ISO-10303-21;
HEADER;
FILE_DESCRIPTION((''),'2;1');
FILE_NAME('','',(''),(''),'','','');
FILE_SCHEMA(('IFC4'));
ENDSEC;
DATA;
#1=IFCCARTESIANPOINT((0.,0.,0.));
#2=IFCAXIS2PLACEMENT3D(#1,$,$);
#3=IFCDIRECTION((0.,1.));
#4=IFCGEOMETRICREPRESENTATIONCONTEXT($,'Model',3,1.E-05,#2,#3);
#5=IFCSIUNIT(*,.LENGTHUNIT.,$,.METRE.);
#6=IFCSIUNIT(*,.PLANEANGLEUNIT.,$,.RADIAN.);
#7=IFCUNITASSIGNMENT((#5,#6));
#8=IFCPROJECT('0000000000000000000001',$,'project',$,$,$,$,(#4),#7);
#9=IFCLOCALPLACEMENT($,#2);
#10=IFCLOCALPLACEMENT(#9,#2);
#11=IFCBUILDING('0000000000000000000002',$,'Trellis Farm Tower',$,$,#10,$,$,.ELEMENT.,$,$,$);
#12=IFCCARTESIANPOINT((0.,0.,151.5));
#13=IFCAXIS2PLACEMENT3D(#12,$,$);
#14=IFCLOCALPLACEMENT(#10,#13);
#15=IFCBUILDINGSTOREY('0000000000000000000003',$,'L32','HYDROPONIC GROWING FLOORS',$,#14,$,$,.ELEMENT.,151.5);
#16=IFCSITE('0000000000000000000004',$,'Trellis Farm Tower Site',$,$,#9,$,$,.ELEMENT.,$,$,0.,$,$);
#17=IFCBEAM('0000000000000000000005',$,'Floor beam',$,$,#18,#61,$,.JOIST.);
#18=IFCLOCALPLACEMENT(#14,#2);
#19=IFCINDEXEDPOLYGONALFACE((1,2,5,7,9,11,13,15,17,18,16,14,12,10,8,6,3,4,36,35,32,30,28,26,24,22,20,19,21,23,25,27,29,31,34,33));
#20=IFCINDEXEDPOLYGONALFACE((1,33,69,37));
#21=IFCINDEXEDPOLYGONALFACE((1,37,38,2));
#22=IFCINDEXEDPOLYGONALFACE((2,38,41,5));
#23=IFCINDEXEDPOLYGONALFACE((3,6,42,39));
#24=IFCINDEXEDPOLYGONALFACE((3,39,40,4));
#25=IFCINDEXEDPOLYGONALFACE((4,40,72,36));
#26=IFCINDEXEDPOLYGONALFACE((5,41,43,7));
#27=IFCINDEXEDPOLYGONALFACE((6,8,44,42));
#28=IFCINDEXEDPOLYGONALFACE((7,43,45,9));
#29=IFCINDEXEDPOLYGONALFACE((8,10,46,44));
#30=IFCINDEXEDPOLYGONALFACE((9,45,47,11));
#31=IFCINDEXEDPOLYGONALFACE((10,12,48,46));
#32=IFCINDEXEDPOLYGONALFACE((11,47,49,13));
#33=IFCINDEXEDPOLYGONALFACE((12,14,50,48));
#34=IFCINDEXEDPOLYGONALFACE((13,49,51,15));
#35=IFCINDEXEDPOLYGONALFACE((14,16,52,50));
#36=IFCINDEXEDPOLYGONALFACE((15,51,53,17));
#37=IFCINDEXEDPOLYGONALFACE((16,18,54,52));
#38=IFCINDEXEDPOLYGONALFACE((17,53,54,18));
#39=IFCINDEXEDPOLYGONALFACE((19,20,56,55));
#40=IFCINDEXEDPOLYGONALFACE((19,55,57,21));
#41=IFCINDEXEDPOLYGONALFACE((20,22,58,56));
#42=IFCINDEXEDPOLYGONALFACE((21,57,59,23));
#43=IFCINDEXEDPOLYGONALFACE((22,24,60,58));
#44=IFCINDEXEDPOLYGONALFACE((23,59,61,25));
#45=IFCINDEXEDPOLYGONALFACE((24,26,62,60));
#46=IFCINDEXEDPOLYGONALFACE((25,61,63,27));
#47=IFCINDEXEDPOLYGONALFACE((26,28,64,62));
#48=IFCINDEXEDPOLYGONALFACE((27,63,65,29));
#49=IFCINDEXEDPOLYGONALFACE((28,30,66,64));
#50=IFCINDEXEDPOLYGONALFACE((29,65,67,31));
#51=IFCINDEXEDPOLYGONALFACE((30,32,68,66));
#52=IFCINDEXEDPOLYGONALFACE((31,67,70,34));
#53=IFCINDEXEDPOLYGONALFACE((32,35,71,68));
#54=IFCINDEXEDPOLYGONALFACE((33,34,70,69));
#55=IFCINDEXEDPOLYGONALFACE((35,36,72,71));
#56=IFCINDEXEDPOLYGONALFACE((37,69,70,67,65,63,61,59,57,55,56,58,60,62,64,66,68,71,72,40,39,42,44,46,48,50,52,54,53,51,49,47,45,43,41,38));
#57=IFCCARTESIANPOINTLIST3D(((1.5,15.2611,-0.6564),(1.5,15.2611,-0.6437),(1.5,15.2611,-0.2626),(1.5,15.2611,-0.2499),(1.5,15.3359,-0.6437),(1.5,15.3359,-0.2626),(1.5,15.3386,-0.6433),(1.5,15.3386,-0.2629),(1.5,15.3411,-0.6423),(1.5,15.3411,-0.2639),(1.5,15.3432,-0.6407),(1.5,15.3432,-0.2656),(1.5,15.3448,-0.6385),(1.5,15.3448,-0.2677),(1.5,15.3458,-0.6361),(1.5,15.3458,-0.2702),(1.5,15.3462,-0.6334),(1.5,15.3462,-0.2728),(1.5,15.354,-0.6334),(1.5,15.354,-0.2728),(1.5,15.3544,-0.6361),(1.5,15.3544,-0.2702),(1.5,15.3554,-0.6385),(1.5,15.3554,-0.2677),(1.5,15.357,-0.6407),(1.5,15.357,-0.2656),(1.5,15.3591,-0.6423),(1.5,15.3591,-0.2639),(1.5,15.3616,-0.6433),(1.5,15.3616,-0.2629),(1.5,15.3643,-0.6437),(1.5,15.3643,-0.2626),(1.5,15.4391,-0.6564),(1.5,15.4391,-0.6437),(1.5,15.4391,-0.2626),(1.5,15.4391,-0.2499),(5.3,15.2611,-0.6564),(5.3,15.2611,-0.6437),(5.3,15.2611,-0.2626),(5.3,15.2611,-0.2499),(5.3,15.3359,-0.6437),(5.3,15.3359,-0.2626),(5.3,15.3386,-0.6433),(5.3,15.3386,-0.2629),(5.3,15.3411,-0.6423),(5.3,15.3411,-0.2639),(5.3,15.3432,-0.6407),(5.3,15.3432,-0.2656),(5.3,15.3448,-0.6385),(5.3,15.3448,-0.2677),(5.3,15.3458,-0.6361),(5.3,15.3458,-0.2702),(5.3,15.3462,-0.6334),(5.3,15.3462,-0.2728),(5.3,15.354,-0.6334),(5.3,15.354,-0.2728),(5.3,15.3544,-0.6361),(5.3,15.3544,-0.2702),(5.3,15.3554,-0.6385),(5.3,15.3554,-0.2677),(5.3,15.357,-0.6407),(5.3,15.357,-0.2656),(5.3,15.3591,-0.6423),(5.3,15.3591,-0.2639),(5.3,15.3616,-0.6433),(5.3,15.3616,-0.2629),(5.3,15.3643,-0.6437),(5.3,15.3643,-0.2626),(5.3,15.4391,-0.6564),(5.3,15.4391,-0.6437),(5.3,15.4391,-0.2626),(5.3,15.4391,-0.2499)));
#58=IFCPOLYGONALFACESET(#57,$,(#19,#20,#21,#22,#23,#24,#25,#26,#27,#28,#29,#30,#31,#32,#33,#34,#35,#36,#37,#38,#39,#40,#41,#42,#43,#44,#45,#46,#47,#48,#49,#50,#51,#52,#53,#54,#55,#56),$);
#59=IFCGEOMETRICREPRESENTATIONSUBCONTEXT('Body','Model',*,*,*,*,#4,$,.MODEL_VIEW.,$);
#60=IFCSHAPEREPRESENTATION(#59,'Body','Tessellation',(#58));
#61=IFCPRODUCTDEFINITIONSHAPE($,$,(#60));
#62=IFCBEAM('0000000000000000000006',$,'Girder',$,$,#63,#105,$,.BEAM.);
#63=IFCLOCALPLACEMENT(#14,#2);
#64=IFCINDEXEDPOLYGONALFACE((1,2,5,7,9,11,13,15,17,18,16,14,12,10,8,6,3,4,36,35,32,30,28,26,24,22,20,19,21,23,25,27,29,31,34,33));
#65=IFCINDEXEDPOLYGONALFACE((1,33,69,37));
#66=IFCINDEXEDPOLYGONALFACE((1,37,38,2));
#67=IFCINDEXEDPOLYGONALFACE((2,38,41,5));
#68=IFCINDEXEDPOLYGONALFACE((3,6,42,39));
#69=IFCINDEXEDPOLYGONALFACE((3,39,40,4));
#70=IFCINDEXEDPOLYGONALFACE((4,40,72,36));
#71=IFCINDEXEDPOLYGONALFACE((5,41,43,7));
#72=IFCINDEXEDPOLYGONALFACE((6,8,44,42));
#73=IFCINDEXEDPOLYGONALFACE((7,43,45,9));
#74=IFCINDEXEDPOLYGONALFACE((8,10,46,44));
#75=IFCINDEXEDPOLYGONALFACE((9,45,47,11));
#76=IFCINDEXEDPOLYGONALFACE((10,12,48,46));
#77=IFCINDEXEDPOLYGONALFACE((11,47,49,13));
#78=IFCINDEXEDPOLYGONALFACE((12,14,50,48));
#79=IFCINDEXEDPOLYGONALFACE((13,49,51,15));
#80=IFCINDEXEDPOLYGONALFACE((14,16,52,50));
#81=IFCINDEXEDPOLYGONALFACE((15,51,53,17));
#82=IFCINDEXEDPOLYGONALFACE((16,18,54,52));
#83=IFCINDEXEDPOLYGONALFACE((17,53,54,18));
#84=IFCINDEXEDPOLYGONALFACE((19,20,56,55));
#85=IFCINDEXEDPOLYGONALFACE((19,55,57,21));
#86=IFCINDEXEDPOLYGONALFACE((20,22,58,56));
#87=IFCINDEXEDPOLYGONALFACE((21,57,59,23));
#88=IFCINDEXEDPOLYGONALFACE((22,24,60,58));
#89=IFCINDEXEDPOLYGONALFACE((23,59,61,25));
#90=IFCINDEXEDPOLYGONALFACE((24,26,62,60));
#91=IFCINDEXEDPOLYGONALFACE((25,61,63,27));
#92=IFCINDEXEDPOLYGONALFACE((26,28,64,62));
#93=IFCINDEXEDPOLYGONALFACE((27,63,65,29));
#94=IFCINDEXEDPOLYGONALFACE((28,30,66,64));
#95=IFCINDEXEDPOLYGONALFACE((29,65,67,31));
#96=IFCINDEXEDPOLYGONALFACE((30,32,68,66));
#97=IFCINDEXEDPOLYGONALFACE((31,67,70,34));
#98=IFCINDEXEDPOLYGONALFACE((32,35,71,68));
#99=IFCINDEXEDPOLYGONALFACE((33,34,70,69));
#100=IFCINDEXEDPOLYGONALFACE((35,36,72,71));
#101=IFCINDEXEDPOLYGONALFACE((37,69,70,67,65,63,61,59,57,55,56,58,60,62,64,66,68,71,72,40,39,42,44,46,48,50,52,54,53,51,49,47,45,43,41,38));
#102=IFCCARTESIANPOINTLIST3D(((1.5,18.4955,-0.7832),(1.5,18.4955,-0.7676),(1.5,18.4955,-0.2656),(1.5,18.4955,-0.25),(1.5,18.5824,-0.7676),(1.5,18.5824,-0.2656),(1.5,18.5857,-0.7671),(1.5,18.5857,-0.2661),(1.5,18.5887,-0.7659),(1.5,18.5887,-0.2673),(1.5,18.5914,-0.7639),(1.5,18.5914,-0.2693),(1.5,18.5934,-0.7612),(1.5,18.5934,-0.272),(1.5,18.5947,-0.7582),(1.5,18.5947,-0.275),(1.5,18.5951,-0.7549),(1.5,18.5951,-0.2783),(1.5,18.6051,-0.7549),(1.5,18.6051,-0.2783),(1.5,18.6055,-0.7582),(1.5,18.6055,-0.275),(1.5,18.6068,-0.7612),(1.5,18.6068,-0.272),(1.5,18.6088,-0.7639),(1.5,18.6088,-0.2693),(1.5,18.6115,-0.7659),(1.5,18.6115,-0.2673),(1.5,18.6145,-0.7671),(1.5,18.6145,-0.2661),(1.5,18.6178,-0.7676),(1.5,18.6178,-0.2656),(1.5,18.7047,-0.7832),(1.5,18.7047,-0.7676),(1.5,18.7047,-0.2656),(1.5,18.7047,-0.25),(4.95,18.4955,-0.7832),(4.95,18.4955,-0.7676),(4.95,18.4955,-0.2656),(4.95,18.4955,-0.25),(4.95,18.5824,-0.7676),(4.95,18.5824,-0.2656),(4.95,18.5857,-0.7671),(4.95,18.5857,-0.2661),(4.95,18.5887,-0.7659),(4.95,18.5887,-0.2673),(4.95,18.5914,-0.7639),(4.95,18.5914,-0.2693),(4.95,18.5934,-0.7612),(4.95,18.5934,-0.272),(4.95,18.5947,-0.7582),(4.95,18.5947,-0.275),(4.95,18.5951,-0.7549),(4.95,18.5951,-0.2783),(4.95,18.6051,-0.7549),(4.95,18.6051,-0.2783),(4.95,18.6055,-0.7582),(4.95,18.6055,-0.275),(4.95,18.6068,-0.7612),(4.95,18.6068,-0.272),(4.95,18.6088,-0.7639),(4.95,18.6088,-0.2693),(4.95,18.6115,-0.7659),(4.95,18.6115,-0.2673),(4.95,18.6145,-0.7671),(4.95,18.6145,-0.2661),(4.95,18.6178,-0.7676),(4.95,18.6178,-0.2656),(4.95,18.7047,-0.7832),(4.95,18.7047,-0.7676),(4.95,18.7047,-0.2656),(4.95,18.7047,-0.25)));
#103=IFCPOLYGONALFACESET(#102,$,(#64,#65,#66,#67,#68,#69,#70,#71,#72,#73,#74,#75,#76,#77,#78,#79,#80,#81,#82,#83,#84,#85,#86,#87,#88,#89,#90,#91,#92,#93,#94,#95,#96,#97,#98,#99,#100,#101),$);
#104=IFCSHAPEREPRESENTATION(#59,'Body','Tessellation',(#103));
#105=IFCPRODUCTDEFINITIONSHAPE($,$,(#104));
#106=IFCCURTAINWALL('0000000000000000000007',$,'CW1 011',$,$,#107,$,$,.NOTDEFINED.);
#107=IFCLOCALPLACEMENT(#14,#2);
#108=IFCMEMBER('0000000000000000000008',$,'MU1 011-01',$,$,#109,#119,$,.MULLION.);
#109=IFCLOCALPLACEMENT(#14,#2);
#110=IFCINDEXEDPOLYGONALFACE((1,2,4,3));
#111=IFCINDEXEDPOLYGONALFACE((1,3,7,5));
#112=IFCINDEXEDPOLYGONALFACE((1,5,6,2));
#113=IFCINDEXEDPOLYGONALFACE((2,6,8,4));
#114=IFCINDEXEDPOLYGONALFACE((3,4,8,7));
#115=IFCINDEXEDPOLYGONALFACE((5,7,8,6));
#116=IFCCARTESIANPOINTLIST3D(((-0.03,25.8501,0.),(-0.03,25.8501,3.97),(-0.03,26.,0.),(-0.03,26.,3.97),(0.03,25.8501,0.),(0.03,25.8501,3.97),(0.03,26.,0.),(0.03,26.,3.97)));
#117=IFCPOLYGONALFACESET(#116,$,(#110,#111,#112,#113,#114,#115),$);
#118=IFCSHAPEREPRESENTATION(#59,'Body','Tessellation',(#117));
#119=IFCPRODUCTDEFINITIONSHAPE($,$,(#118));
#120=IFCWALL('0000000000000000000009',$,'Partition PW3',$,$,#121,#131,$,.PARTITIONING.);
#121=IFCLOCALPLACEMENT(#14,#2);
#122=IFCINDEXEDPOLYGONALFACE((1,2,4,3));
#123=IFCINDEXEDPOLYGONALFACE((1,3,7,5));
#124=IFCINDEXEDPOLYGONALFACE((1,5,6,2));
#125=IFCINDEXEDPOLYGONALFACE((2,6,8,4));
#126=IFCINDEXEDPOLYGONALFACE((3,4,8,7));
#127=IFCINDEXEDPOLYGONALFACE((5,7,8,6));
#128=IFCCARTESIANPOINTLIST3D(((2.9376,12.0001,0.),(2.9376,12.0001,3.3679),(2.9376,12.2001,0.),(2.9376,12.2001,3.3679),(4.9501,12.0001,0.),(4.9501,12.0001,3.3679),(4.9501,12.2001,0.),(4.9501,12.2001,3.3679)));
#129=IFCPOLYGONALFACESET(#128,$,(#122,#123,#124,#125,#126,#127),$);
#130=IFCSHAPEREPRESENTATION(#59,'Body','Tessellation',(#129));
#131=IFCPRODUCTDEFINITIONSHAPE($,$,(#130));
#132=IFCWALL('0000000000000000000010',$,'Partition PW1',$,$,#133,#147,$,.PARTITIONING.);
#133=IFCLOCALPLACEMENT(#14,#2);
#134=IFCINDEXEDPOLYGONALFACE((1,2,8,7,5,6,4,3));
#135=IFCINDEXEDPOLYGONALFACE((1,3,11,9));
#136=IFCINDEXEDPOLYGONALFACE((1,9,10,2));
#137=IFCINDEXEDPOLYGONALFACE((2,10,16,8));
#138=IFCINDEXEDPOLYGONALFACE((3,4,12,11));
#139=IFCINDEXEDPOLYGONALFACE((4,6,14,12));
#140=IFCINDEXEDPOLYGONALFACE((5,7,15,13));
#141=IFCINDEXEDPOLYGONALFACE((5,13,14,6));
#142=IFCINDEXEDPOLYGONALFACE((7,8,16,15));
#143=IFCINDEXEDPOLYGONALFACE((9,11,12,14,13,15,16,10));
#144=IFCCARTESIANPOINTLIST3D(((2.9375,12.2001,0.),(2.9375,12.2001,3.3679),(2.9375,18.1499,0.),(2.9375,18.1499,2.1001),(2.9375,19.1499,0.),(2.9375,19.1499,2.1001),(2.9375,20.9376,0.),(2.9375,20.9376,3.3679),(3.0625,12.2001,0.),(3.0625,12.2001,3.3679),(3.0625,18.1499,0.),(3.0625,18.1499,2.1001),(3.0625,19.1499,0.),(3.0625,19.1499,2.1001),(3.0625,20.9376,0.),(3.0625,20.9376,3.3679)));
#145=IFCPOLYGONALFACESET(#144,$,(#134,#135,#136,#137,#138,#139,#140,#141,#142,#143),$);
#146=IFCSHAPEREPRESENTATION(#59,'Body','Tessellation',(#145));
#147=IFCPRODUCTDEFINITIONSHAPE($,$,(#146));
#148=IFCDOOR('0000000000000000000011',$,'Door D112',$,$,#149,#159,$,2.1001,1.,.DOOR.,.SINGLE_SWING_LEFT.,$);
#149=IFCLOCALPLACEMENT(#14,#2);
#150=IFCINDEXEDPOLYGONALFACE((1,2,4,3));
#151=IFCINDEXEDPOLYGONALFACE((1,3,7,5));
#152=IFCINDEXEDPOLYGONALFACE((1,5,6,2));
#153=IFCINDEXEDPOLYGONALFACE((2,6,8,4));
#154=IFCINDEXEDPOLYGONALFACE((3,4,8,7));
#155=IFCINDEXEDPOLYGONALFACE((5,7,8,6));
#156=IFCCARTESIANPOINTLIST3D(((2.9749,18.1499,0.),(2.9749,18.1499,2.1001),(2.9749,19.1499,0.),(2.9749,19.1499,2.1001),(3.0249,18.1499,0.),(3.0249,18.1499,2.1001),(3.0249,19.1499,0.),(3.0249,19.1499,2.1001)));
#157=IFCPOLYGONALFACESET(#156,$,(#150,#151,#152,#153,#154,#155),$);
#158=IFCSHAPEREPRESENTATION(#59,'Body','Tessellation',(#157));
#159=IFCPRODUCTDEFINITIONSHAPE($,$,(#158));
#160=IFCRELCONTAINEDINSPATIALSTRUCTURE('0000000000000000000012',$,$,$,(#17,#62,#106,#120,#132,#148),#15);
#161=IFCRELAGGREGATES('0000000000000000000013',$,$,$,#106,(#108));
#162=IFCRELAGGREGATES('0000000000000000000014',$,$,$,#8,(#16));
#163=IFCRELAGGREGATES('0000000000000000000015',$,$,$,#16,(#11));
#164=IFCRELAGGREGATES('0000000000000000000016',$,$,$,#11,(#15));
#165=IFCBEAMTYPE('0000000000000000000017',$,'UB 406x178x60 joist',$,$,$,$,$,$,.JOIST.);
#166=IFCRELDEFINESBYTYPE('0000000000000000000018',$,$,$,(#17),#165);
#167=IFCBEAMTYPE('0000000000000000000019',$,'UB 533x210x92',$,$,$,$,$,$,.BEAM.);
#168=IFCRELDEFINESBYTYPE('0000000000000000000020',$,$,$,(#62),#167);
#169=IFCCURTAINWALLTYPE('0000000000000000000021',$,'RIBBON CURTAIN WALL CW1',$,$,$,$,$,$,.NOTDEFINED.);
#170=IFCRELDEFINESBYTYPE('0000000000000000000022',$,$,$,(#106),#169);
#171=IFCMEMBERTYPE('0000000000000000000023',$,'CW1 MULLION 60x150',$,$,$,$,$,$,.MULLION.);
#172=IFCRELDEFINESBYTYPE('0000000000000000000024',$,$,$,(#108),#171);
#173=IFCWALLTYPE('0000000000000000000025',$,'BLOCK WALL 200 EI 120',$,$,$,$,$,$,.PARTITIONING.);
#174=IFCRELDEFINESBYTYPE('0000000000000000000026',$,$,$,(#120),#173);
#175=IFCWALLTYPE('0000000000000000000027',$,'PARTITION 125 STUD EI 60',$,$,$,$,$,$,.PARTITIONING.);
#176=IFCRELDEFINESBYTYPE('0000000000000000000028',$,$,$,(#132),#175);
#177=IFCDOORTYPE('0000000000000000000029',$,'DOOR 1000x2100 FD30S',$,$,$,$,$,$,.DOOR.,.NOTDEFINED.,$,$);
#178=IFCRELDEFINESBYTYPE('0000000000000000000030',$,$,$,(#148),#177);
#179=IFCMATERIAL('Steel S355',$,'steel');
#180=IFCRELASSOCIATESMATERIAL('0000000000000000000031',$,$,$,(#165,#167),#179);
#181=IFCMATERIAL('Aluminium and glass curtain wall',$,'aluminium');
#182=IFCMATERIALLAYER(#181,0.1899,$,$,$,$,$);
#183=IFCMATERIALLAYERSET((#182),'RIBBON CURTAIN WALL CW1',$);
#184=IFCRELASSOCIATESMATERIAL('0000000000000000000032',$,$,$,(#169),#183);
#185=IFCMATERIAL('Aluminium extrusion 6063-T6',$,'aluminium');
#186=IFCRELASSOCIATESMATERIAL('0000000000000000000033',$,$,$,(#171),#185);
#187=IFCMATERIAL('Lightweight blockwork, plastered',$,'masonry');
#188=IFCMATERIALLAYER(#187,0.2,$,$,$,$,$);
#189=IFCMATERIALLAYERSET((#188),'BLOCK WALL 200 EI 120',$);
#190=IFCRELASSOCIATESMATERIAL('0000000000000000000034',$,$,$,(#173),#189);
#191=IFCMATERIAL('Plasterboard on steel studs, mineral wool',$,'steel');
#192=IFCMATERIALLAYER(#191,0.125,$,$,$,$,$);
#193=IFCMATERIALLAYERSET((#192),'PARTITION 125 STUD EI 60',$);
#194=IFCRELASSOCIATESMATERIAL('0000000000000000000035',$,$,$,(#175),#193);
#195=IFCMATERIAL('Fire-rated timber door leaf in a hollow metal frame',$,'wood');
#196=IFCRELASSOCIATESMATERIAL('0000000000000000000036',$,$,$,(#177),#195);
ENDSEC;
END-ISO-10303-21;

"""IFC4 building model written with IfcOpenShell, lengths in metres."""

from ifc_helpers import new_model, si_unit, direction, frame, frame_2d, origin, origin_2d, place, context, subcontext, project, spatial, rectangle, i_section, extrude, source, transform, mapped, material, layer, layer_set, material_profile, profile_set, type_object, element, fill, aggregate, save


model = new_model("IFC4")

# Units and contexts
model_context = context("Model", 3, precision=1e-05, world=origin(), true_north=direction((0.0, 1.0)))
body_context = subcontext(model_context, "Body", "Model", "MODEL_VIEW")
ifc_project = project(units=[si_unit("LENGTHUNIT", "METRE"), si_unit("PLANEANGLEUNIT", "RADIAN")], contexts=[model_context])

# Site, building, storey
site_placement = place(None, origin())
site = spatial("IfcSite", under=ifc_project, at=site_placement, Name="Trellis Farm Tower Site", CompositionType="ELEMENT", RefElevation=0.0)
building_placement = place(site_placement, origin())
building = spatial("IfcBuilding", under=site, at=building_placement, Name="Trellis Farm Tower", CompositionType="ELEMENT")
storey_placement = place(building_placement, frame((0.0, 0.0, 151.5)))
storey = spatial("IfcBuildingStorey", under=building, at=storey_placement, Name="L32", Description="HYDROPONIC GROWING FLOORS", CompositionType="ELEMENT", Elevation=151.5)

# Beams
ifc_material_1 = material(Name="Steel S355", Category="steel")
ifc_material_profile_1 = material_profile(ifc_material_1, i_section(OverallWidth=0.178, OverallDepth=0.4065, WebThickness=0.0078, FlangeThickness=0.0127, FilletRadius=0.0103, at=origin_2d()), Name="UB 406x178x60")
ifc_profile_set_1 = profile_set([ifc_material_profile_1], Name="Steel S355")
beam_type_1 = type_object("IfcBeamType", Name="UB 406x178x60 joist", PredefinedType="JOIST", material=ifc_profile_set_1)
shared_shape_1 = source(origin(), body_context, "Body", "SweptSolid", [
    extrude(i_section(OverallWidth=0.178, OverallDepth=0.4065, WebThickness=0.0078, FlangeThickness=0.0127, FilletRadius=0.0103, at=origin_2d()), origin(), (0.0, 0.0, 1.0), 3.8),
])
beam_1_placement = place(storey_placement, frame((1.5, 15.3501, -0.4531), z_axis=(1.0, 0.0, 0.0), x_axis=(0.0, 1.0, 0.0)))
element("IfcBeam", 1, at=beam_1_placement, inside=storey, type_object=beam_type_1, Name="Floor beam", PredefinedType="JOIST", context=body_context, shape_type="MappedRepresentation", body=[
    mapped(shared_shape_1, transform((0.0, 0.0, 0.0))),
])
ifc_material_profile_2 = material_profile(ifc_material_1, i_section(OverallWidth=0.2092, OverallDepth=0.5332, WebThickness=0.01, FlangeThickness=0.0156, FilletRadius=0.0127, at=origin_2d()), Name="UB 533x210x92")
ifc_profile_set_2 = profile_set([ifc_material_profile_2], Name="Steel S355")
beam_type_2 = type_object("IfcBeamType", Name="UB 533x210x92", PredefinedType="BEAM", material=ifc_profile_set_2)
shared_shape_2 = source(origin(), body_context, "Body", "SweptSolid", [
    extrude(i_section(OverallWidth=0.2092, OverallDepth=0.5332, WebThickness=0.01, FlangeThickness=0.0156, FilletRadius=0.0127, at=origin_2d()), origin(), (0.0, 0.0, 1.0), 3.45),
])
beam_2_placement = place(storey_placement, frame((1.5, 18.6001, -0.5166), z_axis=(1.0, 0.0, 0.0), x_axis=(0.0, 1.0, 0.0)))
element("IfcBeam", 2, at=beam_2_placement, inside=storey, type_object=beam_type_2, Name="Girder", PredefinedType="BEAM", context=body_context, shape_type="MappedRepresentation", body=[
    mapped(shared_shape_2, transform((0.0, 0.0, 0.0))),
])

# Curtain wall, member
ifc_material_2 = material(Name="Aluminium and glass curtain wall", Category="aluminium")
ifc_layer_1 = layer(ifc_material_2, 0.1899)
ifc_layer_set_1 = layer_set([ifc_layer_1], Name="RIBBON CURTAIN WALL CW1")
curtain_wall_type = type_object("IfcCurtainWallType", Name="RIBBON CURTAIN WALL CW1", PredefinedType="NOTDEFINED", material=ifc_layer_set_1)
placement = place(storey_placement, origin())
curtain_wall = element("IfcCurtainWall", 3, at=placement, inside=storey, type_object=curtain_wall_type, Name="CW1 011", PredefinedType="NOTDEFINED")
ifc_material_3 = material(Name="Aluminium extrusion 6063-T6", Category="aluminium")
ifc_material_profile_3 = material_profile(ifc_material_3, rectangle(XDim=0.0601, YDim=0.1499, at=origin_2d()), Name="MULLION 60x150")
ifc_profile_set_3 = profile_set([ifc_material_profile_3], Name="Aluminium extrusion 6063-T6")
member_type = type_object("IfcMemberType", Name="CW1 MULLION 60x150", PredefinedType="MULLION", material=ifc_profile_set_3)
shared_shape_3 = source(origin(), body_context, "Body", "SweptSolid", [
    extrude(rectangle(XDim=0.0601, YDim=0.1499, at=origin_2d()), origin(), (0.0, 0.0, 1.0), 3.97),
])
member_placement = place(storey_placement, frame((0.0, 25.925, 0.0), z_axis=(0.0, 0.0, 1.0), x_axis=(-1.0, 0.0, 0.0)))
member = element("IfcMember", 4, at=member_placement, type_object=member_type, Name="MU1 011-01", PredefinedType="MULLION", context=body_context, shape_type="MappedRepresentation", body=[
    mapped(shared_shape_3, transform((0.0, 0.0, 0.0))),
])
aggregate(curtain_wall, [member])

# Wall
ifc_material_4 = material(Name="Lightweight blockwork, plastered", Category="masonry")
ifc_layer_2 = layer(ifc_material_4, 0.2)
ifc_layer_set_2 = layer_set([ifc_layer_2], Name="BLOCK WALL 200 EI 120")
wall_type_1 = type_object("IfcWallType", Name="BLOCK WALL 200 EI 120", PredefinedType="PARTITIONING", material=ifc_layer_set_2)
wall_1_placement = place(storey_placement, frame((2.9375, 12.1001, 0.0), z_axis=(0.0, 0.0, 1.0), x_axis=(1.0, 0.0, 0.0)))
element("IfcWall", 5, at=wall_1_placement, inside=storey, type_object=wall_type_1, Name="Partition PW3", PredefinedType="PARTITIONING", context=body_context, shape_type="SweptSolid", body=[
    extrude(rectangle(XDim=2.0125, YDim=0.2, at=frame_2d((1.0063, 0.0))), origin(), (0.0, 0.0, 1.0), 3.3679),
])

# Wall, opening, door
ifc_material_5 = material(Name="Plasterboard on steel studs, mineral wool", Category="steel")
ifc_layer_3 = layer(ifc_material_5, 0.125)
ifc_layer_set_3 = layer_set([ifc_layer_3], Name="PARTITION 125 STUD EI 60")
wall_type_2 = type_object("IfcWallType", Name="PARTITION 125 STUD EI 60", PredefinedType="PARTITIONING", material=ifc_layer_set_3)
wall_2_placement = place(storey_placement, frame((3.0, 20.9375, 0.0), z_axis=(0.0, 0.0, 1.0), x_axis=(0.0, -1.0, 0.0)))
wall_2 = element("IfcWall", 6, at=wall_2_placement, inside=storey, type_object=wall_type_2, Name="Partition PW1", PredefinedType="PARTITIONING", context=body_context, shape_type="SweptSolid", body=[
    extrude(rectangle(XDim=8.7375, YDim=0.125, at=frame_2d((4.3687, 0.0))), origin(), (0.0, 0.0, 1.0), 3.3679),
])
shared_shape_4 = source(origin(), body_context, "Body", "SweptSolid", [
    extrude(rectangle(XDim=1.0, YDim=2.1001, at=frame_2d((0.5, 1.05))), frame((0.0, 0.0725, 0.0), z_axis=(0.0, -1.0, 0.0), x_axis=(1.0, 0.0, 0.0)), (0.0, 0.0, 1.0), 0.145),
])
opening_1_placement = place(wall_2_placement, frame((1.7876, 0.0, 0.0)))
opening_1 = element("IfcOpeningElement", 7, at=opening_1_placement, cuts=wall_2, PredefinedType="OPENING", context=body_context, shape_type="MappedRepresentation", body=[
    mapped(shared_shape_4, transform((0.0, 0.0, 0.0))),
])
ifc_material_6 = material(Name="Fire-rated timber door leaf in a hollow metal frame", Category="wood")
door_type_1 = type_object("IfcDoorType", Name="DOOR 1000x2100 FD30S", OperationType="NOTDEFINED", PredefinedType="DOOR", material=ifc_material_6)
shared_shape_5 = source(origin(), body_context, "Body", "SweptSolid", [
    extrude(rectangle(XDim=1.0, YDim=2.1001, at=frame_2d((0.5, 1.05))), frame((0.0, 0.0249, 0.0), z_axis=(0.0, -1.0, 0.0), x_axis=(1.0, 0.0, 0.0)), (0.0, 0.0, 1.0), 0.05),
])
door_1_placement = place(opening_1_placement, origin())
door_1 = element("IfcDoor", 8, at=door_1_placement, inside=storey, type_object=door_type_1, Name="Door D112", OperationType="SINGLE_SWING_LEFT", OverallHeight=2.1001, OverallWidth=1.0, PredefinedType="DOOR", context=body_context, shape_type="MappedRepresentation", body=[
    mapped(shared_shape_5, transform((0.0, 0.0, 0.0))),
])
fill(opening_1, door_1)

save(model, "model.ifc")
